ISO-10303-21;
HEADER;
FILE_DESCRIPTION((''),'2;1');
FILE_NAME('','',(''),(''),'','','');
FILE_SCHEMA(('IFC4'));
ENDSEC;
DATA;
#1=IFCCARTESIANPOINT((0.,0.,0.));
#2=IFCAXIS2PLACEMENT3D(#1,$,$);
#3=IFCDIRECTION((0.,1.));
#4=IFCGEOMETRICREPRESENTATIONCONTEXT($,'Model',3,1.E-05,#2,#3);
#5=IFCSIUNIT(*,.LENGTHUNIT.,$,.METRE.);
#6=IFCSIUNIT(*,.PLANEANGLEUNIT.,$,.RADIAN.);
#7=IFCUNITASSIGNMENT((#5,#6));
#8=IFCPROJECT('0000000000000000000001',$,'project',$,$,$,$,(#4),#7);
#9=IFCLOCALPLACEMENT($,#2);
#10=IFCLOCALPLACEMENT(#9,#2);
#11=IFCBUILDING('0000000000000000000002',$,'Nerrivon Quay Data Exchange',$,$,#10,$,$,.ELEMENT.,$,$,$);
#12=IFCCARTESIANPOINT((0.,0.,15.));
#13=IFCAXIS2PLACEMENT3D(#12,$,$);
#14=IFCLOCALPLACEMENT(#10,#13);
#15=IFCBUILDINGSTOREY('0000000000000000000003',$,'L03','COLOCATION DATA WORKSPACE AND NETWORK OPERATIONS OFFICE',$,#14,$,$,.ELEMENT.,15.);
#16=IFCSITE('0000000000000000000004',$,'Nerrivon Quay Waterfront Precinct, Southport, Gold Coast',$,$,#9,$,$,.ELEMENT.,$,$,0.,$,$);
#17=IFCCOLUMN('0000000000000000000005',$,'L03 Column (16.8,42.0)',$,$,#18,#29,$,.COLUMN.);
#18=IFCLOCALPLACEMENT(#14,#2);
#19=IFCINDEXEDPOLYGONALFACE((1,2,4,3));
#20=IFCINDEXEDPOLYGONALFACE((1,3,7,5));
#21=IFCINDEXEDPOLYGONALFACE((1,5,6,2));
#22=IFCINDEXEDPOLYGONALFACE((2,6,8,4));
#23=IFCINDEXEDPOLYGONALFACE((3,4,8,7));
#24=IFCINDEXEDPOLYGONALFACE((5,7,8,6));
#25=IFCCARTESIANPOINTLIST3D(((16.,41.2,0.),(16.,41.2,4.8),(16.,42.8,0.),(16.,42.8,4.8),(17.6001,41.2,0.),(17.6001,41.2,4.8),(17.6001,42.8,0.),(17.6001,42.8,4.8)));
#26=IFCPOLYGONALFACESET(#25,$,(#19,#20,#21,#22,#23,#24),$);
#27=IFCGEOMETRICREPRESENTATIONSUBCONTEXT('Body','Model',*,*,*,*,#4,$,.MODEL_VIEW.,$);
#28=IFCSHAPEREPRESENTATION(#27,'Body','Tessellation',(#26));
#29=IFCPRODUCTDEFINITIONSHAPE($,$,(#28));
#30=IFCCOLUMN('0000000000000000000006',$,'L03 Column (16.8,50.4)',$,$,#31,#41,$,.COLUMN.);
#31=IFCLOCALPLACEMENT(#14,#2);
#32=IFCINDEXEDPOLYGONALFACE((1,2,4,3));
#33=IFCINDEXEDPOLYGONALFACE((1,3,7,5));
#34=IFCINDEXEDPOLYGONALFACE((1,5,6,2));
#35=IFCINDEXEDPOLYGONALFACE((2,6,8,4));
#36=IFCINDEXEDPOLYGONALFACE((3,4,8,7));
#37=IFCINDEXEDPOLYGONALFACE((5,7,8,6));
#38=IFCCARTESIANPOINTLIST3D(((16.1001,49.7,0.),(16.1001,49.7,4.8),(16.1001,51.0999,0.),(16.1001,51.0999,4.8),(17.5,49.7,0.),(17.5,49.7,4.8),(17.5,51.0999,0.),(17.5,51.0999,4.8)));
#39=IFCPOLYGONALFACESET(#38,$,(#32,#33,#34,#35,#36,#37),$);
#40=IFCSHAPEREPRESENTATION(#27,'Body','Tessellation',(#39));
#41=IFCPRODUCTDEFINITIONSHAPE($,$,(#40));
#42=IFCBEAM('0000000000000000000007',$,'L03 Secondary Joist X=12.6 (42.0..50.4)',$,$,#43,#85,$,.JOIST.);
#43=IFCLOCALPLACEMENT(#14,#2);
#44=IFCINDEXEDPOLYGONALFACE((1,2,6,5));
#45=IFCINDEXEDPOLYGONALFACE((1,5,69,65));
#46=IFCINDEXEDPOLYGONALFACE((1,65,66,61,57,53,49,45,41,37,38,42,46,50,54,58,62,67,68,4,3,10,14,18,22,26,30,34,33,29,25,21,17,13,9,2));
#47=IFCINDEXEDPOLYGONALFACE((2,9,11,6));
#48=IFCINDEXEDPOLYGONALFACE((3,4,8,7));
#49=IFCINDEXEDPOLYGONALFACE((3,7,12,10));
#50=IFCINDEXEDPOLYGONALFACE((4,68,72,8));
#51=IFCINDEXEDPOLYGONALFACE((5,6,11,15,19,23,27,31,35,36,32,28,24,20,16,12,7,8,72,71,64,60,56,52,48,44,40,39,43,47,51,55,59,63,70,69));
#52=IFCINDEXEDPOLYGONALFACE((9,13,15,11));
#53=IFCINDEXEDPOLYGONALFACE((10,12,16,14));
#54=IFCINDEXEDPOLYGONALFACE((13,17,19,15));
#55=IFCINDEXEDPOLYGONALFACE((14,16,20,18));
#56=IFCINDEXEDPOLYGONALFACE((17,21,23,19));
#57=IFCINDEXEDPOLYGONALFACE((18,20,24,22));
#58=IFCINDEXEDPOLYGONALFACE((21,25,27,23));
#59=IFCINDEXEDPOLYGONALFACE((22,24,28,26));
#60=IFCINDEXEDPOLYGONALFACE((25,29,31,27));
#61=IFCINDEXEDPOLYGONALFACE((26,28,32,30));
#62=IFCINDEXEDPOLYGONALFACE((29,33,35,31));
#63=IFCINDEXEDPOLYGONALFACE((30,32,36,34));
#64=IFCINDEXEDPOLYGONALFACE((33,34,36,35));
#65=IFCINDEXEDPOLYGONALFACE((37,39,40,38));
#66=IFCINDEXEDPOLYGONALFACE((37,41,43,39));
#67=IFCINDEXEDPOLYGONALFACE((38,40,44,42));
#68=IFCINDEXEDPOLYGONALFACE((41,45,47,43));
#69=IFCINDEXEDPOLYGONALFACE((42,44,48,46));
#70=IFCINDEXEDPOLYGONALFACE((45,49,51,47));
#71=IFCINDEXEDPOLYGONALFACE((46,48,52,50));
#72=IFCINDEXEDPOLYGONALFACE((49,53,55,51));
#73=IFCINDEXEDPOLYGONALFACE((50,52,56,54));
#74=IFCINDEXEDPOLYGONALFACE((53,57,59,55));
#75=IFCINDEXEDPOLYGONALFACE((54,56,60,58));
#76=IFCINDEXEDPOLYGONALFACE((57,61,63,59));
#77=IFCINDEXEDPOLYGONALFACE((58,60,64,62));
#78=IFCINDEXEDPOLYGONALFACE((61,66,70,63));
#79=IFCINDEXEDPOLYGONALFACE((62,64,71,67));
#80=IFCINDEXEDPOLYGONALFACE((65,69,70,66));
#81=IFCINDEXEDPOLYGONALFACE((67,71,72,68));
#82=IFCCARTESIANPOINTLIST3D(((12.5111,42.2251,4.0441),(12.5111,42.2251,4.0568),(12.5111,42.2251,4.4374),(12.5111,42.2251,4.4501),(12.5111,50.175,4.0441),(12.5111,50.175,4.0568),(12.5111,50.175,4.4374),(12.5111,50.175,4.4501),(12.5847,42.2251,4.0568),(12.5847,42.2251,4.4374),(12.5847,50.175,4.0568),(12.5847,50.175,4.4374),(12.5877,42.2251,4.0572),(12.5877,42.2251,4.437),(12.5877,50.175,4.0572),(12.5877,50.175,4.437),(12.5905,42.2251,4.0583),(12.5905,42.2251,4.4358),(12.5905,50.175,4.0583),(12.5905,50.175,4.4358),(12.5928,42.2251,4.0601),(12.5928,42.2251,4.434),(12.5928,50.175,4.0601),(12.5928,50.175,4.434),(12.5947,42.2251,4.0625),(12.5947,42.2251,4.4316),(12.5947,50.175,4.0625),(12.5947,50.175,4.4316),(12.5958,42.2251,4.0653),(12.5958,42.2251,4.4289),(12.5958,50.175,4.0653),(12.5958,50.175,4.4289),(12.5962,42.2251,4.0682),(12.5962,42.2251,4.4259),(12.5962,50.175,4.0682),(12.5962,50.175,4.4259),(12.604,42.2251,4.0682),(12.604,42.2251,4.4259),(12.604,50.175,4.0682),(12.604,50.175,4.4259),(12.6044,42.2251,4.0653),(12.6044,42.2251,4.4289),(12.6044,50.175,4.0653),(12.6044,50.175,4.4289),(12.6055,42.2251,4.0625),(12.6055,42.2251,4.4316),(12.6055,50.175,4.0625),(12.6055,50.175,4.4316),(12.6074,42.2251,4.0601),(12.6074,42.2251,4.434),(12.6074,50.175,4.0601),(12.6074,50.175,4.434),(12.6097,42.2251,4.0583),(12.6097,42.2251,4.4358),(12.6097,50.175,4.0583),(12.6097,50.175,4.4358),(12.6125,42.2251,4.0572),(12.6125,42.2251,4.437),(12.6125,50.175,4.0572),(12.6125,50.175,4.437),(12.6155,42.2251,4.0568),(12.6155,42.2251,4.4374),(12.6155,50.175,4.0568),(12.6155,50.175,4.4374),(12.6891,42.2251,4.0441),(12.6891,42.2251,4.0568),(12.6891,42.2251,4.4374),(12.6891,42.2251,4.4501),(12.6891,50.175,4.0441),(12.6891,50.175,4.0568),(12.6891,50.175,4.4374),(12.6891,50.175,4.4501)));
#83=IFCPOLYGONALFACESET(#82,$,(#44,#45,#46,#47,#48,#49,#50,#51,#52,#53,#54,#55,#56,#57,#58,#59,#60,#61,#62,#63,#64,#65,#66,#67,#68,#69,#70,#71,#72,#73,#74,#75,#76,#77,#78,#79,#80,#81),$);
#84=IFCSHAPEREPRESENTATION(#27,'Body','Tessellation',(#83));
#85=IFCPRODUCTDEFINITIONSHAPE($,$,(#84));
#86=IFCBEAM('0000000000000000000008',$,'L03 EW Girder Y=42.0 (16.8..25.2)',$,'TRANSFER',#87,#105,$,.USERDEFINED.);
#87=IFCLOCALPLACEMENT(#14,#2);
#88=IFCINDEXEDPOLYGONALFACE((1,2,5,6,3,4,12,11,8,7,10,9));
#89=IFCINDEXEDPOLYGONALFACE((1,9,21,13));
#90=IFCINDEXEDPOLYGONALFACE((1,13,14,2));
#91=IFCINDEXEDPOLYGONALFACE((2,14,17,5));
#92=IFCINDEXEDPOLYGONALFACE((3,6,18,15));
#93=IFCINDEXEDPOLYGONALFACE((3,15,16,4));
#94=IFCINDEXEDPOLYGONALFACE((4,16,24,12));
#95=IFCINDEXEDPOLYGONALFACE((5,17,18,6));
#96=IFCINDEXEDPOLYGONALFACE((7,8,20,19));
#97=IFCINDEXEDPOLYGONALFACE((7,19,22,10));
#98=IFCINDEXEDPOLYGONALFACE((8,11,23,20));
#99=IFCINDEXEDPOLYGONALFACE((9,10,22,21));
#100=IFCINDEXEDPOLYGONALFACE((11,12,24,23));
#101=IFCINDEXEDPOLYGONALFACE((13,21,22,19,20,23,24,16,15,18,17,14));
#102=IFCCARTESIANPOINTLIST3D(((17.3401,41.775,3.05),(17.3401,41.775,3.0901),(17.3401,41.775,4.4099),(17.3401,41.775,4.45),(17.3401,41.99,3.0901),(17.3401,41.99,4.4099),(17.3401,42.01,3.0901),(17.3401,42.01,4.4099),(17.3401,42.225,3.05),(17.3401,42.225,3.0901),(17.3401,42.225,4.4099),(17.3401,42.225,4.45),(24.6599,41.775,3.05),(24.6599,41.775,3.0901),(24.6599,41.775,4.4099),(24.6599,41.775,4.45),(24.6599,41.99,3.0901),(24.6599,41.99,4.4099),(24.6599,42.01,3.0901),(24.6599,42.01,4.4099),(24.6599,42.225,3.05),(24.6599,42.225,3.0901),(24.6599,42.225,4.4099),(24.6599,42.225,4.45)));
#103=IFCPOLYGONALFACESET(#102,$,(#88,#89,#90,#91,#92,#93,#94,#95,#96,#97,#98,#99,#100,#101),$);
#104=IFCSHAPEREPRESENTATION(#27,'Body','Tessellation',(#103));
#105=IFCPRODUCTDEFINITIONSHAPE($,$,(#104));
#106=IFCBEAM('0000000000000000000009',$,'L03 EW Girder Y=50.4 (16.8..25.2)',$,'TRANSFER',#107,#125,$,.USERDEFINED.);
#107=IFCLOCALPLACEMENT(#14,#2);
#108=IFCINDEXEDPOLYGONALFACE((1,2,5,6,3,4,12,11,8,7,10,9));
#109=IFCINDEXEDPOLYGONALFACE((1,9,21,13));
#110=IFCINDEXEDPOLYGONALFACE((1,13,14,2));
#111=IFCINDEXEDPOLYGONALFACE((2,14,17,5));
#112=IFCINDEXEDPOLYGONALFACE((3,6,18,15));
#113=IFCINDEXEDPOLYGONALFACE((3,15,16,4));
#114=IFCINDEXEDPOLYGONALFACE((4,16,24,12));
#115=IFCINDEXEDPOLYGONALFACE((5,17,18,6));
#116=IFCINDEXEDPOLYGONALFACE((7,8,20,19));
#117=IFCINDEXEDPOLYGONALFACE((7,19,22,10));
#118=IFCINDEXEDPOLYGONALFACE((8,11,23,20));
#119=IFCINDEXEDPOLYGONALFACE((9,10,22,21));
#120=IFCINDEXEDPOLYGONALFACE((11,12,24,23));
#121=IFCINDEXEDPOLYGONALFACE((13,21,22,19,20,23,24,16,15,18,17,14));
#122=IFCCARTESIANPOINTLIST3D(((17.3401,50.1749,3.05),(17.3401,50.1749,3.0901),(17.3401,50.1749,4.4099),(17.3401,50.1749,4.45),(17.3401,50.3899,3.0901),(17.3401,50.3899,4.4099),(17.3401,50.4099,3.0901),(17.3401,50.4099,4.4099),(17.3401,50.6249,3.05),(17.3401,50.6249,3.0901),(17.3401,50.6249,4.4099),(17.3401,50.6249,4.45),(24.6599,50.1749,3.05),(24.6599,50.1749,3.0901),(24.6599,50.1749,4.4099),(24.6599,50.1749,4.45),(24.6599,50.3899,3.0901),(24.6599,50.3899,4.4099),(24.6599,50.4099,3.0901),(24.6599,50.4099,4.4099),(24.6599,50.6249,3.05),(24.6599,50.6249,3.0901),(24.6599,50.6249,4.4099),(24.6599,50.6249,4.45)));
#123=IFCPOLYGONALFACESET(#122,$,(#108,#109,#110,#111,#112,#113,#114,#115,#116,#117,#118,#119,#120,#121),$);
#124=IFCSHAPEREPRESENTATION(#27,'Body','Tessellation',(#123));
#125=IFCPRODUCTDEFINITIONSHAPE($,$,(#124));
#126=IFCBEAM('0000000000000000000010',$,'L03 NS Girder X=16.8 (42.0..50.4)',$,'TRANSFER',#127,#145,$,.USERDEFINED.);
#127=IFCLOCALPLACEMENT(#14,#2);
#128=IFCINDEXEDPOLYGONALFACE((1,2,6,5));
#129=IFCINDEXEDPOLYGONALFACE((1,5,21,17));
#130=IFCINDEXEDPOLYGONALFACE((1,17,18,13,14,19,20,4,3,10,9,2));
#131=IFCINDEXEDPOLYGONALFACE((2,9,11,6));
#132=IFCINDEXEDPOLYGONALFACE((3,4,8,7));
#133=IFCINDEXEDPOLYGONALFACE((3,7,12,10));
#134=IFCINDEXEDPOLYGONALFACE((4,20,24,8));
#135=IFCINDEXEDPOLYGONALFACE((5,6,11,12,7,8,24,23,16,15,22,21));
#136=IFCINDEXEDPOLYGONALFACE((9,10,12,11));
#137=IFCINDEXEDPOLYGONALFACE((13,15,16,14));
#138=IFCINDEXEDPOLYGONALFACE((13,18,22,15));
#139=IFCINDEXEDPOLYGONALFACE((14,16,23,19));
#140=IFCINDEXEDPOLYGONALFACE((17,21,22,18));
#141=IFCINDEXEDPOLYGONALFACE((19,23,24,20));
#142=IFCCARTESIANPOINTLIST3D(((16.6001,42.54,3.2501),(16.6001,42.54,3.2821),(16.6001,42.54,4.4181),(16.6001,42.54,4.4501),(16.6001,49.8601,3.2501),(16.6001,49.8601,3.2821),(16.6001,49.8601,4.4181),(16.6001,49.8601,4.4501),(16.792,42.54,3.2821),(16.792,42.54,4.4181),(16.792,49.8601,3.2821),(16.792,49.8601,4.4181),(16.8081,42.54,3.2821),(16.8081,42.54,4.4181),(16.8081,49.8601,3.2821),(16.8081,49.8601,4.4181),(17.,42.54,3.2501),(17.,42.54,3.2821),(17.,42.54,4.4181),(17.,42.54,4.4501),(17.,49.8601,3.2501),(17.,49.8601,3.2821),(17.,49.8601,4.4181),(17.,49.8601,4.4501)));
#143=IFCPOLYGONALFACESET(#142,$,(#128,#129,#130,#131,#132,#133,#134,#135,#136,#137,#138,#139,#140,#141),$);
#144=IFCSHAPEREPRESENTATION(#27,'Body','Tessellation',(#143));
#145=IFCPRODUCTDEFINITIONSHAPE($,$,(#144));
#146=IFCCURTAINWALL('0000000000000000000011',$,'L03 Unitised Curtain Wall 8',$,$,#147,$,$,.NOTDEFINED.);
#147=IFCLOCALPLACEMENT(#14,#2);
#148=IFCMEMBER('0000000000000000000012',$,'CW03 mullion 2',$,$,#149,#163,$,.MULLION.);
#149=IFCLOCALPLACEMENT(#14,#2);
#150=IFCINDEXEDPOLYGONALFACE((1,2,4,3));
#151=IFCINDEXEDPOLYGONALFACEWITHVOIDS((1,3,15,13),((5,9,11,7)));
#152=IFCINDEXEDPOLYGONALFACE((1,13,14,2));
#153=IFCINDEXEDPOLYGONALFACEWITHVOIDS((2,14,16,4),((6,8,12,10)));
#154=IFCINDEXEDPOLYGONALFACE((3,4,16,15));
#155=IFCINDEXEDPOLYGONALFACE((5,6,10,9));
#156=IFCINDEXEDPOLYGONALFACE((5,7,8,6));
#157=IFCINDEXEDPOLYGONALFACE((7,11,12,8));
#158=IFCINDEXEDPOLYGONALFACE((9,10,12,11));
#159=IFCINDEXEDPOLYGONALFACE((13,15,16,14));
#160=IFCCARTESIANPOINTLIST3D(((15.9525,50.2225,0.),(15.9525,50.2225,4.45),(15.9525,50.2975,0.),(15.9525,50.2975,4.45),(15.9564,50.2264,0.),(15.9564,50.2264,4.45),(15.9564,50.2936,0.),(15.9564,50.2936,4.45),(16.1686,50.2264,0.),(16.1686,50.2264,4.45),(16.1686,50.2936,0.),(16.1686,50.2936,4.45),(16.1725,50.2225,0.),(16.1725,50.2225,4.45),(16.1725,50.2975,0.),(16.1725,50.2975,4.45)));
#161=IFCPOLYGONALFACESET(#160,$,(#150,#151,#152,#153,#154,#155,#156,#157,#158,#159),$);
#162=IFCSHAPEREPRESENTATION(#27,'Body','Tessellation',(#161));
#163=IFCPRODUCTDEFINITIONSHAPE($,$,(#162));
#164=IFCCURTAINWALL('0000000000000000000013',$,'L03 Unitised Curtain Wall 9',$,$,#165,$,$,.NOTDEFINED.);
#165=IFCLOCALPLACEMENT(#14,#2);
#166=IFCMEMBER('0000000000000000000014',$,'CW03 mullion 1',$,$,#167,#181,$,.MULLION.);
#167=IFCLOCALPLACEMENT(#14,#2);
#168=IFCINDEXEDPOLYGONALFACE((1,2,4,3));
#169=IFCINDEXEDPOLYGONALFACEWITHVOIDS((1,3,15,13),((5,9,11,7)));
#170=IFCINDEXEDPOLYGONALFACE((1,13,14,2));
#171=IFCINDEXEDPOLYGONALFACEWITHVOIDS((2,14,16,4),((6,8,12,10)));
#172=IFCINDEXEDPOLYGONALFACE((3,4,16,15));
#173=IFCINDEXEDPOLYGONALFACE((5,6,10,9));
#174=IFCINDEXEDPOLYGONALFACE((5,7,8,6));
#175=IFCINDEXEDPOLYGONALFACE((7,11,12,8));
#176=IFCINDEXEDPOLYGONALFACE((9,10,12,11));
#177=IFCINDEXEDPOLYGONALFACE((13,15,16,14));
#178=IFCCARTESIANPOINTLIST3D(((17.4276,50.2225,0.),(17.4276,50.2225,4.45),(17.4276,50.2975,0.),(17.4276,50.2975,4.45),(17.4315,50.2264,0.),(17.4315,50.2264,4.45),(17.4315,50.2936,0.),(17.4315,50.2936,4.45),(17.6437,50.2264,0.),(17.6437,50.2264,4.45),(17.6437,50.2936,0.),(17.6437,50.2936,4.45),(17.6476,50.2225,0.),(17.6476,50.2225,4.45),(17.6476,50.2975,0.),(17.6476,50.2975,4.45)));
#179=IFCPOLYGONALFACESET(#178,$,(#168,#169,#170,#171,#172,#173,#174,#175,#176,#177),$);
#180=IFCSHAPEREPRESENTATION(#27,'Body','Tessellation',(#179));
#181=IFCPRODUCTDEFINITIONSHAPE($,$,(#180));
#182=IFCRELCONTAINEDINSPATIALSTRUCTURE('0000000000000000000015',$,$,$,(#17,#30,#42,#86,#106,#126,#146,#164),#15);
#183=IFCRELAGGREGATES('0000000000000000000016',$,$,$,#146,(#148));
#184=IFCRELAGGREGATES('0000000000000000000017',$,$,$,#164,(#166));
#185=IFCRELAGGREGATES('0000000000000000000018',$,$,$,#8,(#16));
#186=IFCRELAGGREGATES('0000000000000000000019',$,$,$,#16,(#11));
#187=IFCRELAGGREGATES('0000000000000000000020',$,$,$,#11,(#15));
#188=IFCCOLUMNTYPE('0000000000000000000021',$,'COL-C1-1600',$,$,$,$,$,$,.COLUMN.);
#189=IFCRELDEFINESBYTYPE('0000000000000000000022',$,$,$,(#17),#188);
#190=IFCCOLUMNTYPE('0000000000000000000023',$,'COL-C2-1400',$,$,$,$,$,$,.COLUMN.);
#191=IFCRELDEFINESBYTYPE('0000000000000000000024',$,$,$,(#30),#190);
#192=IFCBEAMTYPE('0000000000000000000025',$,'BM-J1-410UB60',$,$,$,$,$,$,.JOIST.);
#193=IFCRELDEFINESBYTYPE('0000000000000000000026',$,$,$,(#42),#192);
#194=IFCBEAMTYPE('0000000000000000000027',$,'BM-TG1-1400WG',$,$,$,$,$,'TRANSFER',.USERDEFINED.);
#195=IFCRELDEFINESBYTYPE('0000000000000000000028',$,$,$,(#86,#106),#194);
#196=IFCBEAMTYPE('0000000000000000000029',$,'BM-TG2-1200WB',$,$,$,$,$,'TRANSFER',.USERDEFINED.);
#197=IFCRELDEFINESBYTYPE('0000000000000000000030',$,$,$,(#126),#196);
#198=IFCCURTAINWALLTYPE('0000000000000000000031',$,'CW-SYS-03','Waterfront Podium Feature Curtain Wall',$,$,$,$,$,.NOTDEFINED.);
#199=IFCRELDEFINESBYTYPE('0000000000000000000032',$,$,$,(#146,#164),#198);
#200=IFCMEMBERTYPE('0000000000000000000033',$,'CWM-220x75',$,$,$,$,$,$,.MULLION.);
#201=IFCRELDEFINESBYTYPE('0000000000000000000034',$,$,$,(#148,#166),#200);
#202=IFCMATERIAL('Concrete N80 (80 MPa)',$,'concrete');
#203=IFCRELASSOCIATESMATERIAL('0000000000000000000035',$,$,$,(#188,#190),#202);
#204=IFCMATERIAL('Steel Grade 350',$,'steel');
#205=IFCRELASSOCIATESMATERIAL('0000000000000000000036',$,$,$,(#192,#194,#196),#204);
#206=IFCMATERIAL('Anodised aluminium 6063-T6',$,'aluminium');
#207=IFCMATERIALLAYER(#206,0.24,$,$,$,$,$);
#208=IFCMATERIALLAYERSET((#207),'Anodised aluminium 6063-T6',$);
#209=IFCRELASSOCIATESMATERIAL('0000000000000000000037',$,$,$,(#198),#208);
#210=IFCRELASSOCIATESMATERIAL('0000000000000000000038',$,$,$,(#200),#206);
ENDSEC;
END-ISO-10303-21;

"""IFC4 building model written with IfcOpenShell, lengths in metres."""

from ifc_helpers import new_model, si_unit, direction, frame, origin, origin_2d, place, context, subcontext, project, spatial, rectangle, hollow_rectangle, i_section, extrude, material, layer, layer_set, material_profile, profile_set, type_object, element, aggregate, save


model = new_model("IFC4")

# Units and contexts
model_context = context("Model", 3, precision=1e-05, world=origin(), true_north=direction((0.0, 1.0)))
body_context = subcontext(model_context, "Body", "Model", "MODEL_VIEW")
ifc_project = project(units=[si_unit("LENGTHUNIT", "METRE"), si_unit("PLANEANGLEUNIT", "RADIAN")], contexts=[model_context])

# Site, building, storey
site_placement = place(None, origin())
site = spatial("IfcSite", under=ifc_project, at=site_placement, Name="Nerrivon Quay Waterfront Precinct, Southport, Gold Coast", CompositionType="ELEMENT", RefElevation=0.0)
building_placement = place(site_placement, origin())
building = spatial("IfcBuilding", under=site, at=building_placement, Name="Nerrivon Quay Data Exchange", CompositionType="ELEMENT")
storey_placement = place(building_placement, frame((0.0, 0.0, 15.0)))
storey = spatial("IfcBuildingStorey", under=building, at=storey_placement, Name="L03", Description="COLOCATION DATA WORKSPACE AND NETWORK OPERATIONS OFFICE", CompositionType="ELEMENT", Elevation=15.0)

# Columns
ifc_material_1 = material(Name="Concrete N80 (80 MPa)", Category="concrete")
ifc_material_profile_1 = material_profile(ifc_material_1, rectangle(XDim=1.6001, YDim=1.6001, at=origin_2d()), Name="RC-COL-1600x1600")
ifc_profile_set_1 = profile_set([ifc_material_profile_1], Name="Concrete N80 (80 MPa)")
column_type_1 = type_object("IfcColumnType", Name="COL-C1-1600", PredefinedType="COLUMN", material=ifc_profile_set_1)
column_1_placement = place(storey_placement, frame((16.8, 42.0, 0.0), z_axis=(0.0, 0.0, 1.0), x_axis=(1.0, 0.0, 0.0)))
element("IfcColumn", 1, at=column_1_placement, inside=storey, type_object=column_type_1, Name="L03 Column (16.8,42.0)", PredefinedType="COLUMN", context=body_context, shape_type="SweptSolid", body=[
    extrude(rectangle(XDim=1.6001, YDim=1.6001, at=origin_2d()), origin(), (0.0, 0.0, 1.0), 4.8),
])
ifc_material_profile_2 = material_profile(ifc_material_1, rectangle(XDim=1.3999, YDim=1.3999, at=origin_2d()), Name="RC-COL-1400x1400")
ifc_profile_set_2 = profile_set([ifc_material_profile_2], Name="Concrete N80 (80 MPa)")
column_type_2 = type_object("IfcColumnType", Name="COL-C2-1400", PredefinedType="COLUMN", material=ifc_profile_set_2)
column_2_placement = place(storey_placement, frame((16.8, 50.3999, 0.0), z_axis=(0.0, 0.0, 1.0), x_axis=(1.0, 0.0, 0.0)))
element("IfcColumn", 2, at=column_2_placement, inside=storey, type_object=column_type_2, Name="L03 Column (16.8,50.4)", PredefinedType="COLUMN", context=body_context, shape_type="SweptSolid", body=[
    extrude(rectangle(XDim=1.3999, YDim=1.3999, at=origin_2d()), origin(), (0.0, 0.0, 1.0), 4.8),
])

# Beams
ifc_material_2 = material(Name="Steel Grade 350", Category="steel")
ifc_material_profile_3 = material_profile(ifc_material_2, i_section(OverallWidth=0.178, OverallDepth=0.406, WebThickness=0.0078, FlangeThickness=0.0127, FilletRadius=0.0115, at=origin_2d()), Name="410UB59.7")
ifc_profile_set_3 = profile_set([ifc_material_profile_3], Name="Steel Grade 350")
beam_type_1 = type_object("IfcBeamType", Name="BM-J1-410UB60", PredefinedType="JOIST", material=ifc_profile_set_3)
beam_1_placement = place(storey_placement, frame((12.6001, 42.2251, 4.2471), z_axis=(0.0, 1.0, 0.0), x_axis=(-1.0, 0.0, 0.0)))
element("IfcBeam", 3, at=beam_1_placement, inside=storey, type_object=beam_type_1, Name="L03 Secondary Joist X=12.6 (42.0..50.4)", PredefinedType="JOIST", context=body_context, shape_type="SweptSolid", body=[
    extrude(i_section(OverallWidth=0.178, OverallDepth=0.406, WebThickness=0.0078, FlangeThickness=0.0127, FilletRadius=0.0115, at=origin_2d()), origin(), (0.0, 0.0, 1.0), 7.95),
])
ifc_material_profile_4 = material_profile(ifc_material_2, i_section(OverallWidth=0.45, OverallDepth=1.3999, WebThickness=0.02, FlangeThickness=0.04, at=origin_2d()), Name="1400WG455")
ifc_profile_set_4 = profile_set([ifc_material_profile_4], Name="Steel Grade 350")
beam_type_2 = type_object("IfcBeamType", Name="BM-TG1-1400WG", ElementType="TRANSFER", PredefinedType="USERDEFINED", material=ifc_profile_set_4)
for number, where, z_axis, x_axis, name in (
    (4, (17.3401, 42.0, 3.75), (1.0, 0.0, 0.0), (0.0, 1.0, 0.0), "L03 EW Girder Y=42.0 (16.8..25.2)"),
    (5, (17.3401, 50.3999, 3.75), (1.0, 0.0, 0.0), (0.0, 1.0, 0.0), "L03 EW Girder Y=50.4 (16.8..25.2)"),
):
    element("IfcBeam", number, at=place(storey_placement, frame(where, z_axis=z_axis, x_axis=x_axis)), inside=storey, type_object=beam_type_2, Name=name, ObjectType="TRANSFER", PredefinedType="USERDEFINED", context=body_context, shape_type="SweptSolid", body=[
        extrude(i_section(OverallWidth=0.45, OverallDepth=1.3999, WebThickness=0.02, FlangeThickness=0.04, at=origin_2d()), origin(), (0.0, 0.0, 1.0), 7.3198),
    ])
ifc_material_profile_5 = material_profile(ifc_material_2, i_section(OverallWidth=0.3999, OverallDepth=1.2, WebThickness=0.0161, FlangeThickness=0.032, at=origin_2d()), Name="1200WB342")
ifc_profile_set_5 = profile_set([ifc_material_profile_5], Name="Steel Grade 350")
beam_type_3 = type_object("IfcBeamType", Name="BM-TG2-1200WB", ElementType="TRANSFER", PredefinedType="USERDEFINED", material=ifc_profile_set_5)
beam_2_placement = place(storey_placement, frame((16.8, 42.54, 3.8501), z_axis=(0.0, 1.0, 0.0), x_axis=(-1.0, 0.0, 0.0)))
element("IfcBeam", 6, at=beam_2_placement, inside=storey, type_object=beam_type_3, Name="L03 NS Girder X=16.8 (42.0..50.4)", ObjectType="TRANSFER", PredefinedType="USERDEFINED", context=body_context, shape_type="SweptSolid", body=[
    extrude(i_section(OverallWidth=0.3999, OverallDepth=1.2, WebThickness=0.0161, FlangeThickness=0.032, at=origin_2d()), origin(), (0.0, 0.0, 1.0), 7.3201),
])

# Curtain walls, members
ifc_material_3 = material(Name="Anodised aluminium 6063-T6", Category="aluminium")
ifc_layer_1 = layer(ifc_material_3, 0.24)
ifc_layer_set_1 = layer_set([ifc_layer_1], Name="Anodised aluminium 6063-T6")
curtain_wall_type = type_object("IfcCurtainWallType", Name="CW-SYS-03", Description="Waterfront Podium Feature Curtain Wall", PredefinedType="NOTDEFINED", material=ifc_layer_set_1)
curtain_wall_1_placement = place(storey_placement, origin())
curtain_wall_1 = element("IfcCurtainWall", 7, at=curtain_wall_1_placement, inside=storey, type_object=curtain_wall_type, Name="L03 Unitised Curtain Wall 8", PredefinedType="NOTDEFINED")
ifc_material_profile_6 = material_profile(ifc_material_3, hollow_rectangle(XDim=0.075, YDim=0.22, WallThickness=0.0039, at=origin_2d()), Name="ALU-MULL-220x75")
ifc_profile_set_6 = profile_set([ifc_material_profile_6], Name="Anodised aluminium 6063-T6")
member_type_1 = type_object("IfcMemberType", Name="CWM-220x75", PredefinedType="MULLION", material=ifc_profile_set_6)
member_1_placement = place(storey_placement, frame((16.0625, 50.26, 0.0), z_axis=(0.0, 0.0, 1.0), x_axis=(0.0, 1.0, 0.0)))
member_1 = element("IfcMember", 8, at=member_1_placement, type_object=member_type_1, Name="CW03 mullion 2", PredefinedType="MULLION", context=body_context, shape_type="SweptSolid", body=[
    extrude(hollow_rectangle(XDim=0.075, YDim=0.22, WallThickness=0.0039, at=origin_2d()), origin(), (0.0, 0.0, 1.0), 4.45),
])
curtain_wall_2_placement = place(storey_placement, origin())
curtain_wall_2 = element("IfcCurtainWall", 9, at=curtain_wall_2_placement, inside=storey, type_object=curtain_wall_type, Name="L03 Unitised Curtain Wall 9", PredefinedType="NOTDEFINED")
member_2_placement = place(storey_placement, frame((17.5376, 50.26, 0.0), z_axis=(0.0, 0.0, 1.0), x_axis=(0.0, 1.0, 0.0)))
member_2 = element("IfcMember", 10, at=member_2_placement, type_object=member_type_1, Name="CW03 mullion 1", PredefinedType="MULLION", context=body_context, shape_type="SweptSolid", body=[
    extrude(hollow_rectangle(XDim=0.075, YDim=0.22, WallThickness=0.0039, at=origin_2d()), origin(), (0.0, 0.0, 1.0), 4.45),
])

aggregate(curtain_wall_1, [member_1])
aggregate(curtain_wall_2, [member_2])

save(model, "model.ifc")
